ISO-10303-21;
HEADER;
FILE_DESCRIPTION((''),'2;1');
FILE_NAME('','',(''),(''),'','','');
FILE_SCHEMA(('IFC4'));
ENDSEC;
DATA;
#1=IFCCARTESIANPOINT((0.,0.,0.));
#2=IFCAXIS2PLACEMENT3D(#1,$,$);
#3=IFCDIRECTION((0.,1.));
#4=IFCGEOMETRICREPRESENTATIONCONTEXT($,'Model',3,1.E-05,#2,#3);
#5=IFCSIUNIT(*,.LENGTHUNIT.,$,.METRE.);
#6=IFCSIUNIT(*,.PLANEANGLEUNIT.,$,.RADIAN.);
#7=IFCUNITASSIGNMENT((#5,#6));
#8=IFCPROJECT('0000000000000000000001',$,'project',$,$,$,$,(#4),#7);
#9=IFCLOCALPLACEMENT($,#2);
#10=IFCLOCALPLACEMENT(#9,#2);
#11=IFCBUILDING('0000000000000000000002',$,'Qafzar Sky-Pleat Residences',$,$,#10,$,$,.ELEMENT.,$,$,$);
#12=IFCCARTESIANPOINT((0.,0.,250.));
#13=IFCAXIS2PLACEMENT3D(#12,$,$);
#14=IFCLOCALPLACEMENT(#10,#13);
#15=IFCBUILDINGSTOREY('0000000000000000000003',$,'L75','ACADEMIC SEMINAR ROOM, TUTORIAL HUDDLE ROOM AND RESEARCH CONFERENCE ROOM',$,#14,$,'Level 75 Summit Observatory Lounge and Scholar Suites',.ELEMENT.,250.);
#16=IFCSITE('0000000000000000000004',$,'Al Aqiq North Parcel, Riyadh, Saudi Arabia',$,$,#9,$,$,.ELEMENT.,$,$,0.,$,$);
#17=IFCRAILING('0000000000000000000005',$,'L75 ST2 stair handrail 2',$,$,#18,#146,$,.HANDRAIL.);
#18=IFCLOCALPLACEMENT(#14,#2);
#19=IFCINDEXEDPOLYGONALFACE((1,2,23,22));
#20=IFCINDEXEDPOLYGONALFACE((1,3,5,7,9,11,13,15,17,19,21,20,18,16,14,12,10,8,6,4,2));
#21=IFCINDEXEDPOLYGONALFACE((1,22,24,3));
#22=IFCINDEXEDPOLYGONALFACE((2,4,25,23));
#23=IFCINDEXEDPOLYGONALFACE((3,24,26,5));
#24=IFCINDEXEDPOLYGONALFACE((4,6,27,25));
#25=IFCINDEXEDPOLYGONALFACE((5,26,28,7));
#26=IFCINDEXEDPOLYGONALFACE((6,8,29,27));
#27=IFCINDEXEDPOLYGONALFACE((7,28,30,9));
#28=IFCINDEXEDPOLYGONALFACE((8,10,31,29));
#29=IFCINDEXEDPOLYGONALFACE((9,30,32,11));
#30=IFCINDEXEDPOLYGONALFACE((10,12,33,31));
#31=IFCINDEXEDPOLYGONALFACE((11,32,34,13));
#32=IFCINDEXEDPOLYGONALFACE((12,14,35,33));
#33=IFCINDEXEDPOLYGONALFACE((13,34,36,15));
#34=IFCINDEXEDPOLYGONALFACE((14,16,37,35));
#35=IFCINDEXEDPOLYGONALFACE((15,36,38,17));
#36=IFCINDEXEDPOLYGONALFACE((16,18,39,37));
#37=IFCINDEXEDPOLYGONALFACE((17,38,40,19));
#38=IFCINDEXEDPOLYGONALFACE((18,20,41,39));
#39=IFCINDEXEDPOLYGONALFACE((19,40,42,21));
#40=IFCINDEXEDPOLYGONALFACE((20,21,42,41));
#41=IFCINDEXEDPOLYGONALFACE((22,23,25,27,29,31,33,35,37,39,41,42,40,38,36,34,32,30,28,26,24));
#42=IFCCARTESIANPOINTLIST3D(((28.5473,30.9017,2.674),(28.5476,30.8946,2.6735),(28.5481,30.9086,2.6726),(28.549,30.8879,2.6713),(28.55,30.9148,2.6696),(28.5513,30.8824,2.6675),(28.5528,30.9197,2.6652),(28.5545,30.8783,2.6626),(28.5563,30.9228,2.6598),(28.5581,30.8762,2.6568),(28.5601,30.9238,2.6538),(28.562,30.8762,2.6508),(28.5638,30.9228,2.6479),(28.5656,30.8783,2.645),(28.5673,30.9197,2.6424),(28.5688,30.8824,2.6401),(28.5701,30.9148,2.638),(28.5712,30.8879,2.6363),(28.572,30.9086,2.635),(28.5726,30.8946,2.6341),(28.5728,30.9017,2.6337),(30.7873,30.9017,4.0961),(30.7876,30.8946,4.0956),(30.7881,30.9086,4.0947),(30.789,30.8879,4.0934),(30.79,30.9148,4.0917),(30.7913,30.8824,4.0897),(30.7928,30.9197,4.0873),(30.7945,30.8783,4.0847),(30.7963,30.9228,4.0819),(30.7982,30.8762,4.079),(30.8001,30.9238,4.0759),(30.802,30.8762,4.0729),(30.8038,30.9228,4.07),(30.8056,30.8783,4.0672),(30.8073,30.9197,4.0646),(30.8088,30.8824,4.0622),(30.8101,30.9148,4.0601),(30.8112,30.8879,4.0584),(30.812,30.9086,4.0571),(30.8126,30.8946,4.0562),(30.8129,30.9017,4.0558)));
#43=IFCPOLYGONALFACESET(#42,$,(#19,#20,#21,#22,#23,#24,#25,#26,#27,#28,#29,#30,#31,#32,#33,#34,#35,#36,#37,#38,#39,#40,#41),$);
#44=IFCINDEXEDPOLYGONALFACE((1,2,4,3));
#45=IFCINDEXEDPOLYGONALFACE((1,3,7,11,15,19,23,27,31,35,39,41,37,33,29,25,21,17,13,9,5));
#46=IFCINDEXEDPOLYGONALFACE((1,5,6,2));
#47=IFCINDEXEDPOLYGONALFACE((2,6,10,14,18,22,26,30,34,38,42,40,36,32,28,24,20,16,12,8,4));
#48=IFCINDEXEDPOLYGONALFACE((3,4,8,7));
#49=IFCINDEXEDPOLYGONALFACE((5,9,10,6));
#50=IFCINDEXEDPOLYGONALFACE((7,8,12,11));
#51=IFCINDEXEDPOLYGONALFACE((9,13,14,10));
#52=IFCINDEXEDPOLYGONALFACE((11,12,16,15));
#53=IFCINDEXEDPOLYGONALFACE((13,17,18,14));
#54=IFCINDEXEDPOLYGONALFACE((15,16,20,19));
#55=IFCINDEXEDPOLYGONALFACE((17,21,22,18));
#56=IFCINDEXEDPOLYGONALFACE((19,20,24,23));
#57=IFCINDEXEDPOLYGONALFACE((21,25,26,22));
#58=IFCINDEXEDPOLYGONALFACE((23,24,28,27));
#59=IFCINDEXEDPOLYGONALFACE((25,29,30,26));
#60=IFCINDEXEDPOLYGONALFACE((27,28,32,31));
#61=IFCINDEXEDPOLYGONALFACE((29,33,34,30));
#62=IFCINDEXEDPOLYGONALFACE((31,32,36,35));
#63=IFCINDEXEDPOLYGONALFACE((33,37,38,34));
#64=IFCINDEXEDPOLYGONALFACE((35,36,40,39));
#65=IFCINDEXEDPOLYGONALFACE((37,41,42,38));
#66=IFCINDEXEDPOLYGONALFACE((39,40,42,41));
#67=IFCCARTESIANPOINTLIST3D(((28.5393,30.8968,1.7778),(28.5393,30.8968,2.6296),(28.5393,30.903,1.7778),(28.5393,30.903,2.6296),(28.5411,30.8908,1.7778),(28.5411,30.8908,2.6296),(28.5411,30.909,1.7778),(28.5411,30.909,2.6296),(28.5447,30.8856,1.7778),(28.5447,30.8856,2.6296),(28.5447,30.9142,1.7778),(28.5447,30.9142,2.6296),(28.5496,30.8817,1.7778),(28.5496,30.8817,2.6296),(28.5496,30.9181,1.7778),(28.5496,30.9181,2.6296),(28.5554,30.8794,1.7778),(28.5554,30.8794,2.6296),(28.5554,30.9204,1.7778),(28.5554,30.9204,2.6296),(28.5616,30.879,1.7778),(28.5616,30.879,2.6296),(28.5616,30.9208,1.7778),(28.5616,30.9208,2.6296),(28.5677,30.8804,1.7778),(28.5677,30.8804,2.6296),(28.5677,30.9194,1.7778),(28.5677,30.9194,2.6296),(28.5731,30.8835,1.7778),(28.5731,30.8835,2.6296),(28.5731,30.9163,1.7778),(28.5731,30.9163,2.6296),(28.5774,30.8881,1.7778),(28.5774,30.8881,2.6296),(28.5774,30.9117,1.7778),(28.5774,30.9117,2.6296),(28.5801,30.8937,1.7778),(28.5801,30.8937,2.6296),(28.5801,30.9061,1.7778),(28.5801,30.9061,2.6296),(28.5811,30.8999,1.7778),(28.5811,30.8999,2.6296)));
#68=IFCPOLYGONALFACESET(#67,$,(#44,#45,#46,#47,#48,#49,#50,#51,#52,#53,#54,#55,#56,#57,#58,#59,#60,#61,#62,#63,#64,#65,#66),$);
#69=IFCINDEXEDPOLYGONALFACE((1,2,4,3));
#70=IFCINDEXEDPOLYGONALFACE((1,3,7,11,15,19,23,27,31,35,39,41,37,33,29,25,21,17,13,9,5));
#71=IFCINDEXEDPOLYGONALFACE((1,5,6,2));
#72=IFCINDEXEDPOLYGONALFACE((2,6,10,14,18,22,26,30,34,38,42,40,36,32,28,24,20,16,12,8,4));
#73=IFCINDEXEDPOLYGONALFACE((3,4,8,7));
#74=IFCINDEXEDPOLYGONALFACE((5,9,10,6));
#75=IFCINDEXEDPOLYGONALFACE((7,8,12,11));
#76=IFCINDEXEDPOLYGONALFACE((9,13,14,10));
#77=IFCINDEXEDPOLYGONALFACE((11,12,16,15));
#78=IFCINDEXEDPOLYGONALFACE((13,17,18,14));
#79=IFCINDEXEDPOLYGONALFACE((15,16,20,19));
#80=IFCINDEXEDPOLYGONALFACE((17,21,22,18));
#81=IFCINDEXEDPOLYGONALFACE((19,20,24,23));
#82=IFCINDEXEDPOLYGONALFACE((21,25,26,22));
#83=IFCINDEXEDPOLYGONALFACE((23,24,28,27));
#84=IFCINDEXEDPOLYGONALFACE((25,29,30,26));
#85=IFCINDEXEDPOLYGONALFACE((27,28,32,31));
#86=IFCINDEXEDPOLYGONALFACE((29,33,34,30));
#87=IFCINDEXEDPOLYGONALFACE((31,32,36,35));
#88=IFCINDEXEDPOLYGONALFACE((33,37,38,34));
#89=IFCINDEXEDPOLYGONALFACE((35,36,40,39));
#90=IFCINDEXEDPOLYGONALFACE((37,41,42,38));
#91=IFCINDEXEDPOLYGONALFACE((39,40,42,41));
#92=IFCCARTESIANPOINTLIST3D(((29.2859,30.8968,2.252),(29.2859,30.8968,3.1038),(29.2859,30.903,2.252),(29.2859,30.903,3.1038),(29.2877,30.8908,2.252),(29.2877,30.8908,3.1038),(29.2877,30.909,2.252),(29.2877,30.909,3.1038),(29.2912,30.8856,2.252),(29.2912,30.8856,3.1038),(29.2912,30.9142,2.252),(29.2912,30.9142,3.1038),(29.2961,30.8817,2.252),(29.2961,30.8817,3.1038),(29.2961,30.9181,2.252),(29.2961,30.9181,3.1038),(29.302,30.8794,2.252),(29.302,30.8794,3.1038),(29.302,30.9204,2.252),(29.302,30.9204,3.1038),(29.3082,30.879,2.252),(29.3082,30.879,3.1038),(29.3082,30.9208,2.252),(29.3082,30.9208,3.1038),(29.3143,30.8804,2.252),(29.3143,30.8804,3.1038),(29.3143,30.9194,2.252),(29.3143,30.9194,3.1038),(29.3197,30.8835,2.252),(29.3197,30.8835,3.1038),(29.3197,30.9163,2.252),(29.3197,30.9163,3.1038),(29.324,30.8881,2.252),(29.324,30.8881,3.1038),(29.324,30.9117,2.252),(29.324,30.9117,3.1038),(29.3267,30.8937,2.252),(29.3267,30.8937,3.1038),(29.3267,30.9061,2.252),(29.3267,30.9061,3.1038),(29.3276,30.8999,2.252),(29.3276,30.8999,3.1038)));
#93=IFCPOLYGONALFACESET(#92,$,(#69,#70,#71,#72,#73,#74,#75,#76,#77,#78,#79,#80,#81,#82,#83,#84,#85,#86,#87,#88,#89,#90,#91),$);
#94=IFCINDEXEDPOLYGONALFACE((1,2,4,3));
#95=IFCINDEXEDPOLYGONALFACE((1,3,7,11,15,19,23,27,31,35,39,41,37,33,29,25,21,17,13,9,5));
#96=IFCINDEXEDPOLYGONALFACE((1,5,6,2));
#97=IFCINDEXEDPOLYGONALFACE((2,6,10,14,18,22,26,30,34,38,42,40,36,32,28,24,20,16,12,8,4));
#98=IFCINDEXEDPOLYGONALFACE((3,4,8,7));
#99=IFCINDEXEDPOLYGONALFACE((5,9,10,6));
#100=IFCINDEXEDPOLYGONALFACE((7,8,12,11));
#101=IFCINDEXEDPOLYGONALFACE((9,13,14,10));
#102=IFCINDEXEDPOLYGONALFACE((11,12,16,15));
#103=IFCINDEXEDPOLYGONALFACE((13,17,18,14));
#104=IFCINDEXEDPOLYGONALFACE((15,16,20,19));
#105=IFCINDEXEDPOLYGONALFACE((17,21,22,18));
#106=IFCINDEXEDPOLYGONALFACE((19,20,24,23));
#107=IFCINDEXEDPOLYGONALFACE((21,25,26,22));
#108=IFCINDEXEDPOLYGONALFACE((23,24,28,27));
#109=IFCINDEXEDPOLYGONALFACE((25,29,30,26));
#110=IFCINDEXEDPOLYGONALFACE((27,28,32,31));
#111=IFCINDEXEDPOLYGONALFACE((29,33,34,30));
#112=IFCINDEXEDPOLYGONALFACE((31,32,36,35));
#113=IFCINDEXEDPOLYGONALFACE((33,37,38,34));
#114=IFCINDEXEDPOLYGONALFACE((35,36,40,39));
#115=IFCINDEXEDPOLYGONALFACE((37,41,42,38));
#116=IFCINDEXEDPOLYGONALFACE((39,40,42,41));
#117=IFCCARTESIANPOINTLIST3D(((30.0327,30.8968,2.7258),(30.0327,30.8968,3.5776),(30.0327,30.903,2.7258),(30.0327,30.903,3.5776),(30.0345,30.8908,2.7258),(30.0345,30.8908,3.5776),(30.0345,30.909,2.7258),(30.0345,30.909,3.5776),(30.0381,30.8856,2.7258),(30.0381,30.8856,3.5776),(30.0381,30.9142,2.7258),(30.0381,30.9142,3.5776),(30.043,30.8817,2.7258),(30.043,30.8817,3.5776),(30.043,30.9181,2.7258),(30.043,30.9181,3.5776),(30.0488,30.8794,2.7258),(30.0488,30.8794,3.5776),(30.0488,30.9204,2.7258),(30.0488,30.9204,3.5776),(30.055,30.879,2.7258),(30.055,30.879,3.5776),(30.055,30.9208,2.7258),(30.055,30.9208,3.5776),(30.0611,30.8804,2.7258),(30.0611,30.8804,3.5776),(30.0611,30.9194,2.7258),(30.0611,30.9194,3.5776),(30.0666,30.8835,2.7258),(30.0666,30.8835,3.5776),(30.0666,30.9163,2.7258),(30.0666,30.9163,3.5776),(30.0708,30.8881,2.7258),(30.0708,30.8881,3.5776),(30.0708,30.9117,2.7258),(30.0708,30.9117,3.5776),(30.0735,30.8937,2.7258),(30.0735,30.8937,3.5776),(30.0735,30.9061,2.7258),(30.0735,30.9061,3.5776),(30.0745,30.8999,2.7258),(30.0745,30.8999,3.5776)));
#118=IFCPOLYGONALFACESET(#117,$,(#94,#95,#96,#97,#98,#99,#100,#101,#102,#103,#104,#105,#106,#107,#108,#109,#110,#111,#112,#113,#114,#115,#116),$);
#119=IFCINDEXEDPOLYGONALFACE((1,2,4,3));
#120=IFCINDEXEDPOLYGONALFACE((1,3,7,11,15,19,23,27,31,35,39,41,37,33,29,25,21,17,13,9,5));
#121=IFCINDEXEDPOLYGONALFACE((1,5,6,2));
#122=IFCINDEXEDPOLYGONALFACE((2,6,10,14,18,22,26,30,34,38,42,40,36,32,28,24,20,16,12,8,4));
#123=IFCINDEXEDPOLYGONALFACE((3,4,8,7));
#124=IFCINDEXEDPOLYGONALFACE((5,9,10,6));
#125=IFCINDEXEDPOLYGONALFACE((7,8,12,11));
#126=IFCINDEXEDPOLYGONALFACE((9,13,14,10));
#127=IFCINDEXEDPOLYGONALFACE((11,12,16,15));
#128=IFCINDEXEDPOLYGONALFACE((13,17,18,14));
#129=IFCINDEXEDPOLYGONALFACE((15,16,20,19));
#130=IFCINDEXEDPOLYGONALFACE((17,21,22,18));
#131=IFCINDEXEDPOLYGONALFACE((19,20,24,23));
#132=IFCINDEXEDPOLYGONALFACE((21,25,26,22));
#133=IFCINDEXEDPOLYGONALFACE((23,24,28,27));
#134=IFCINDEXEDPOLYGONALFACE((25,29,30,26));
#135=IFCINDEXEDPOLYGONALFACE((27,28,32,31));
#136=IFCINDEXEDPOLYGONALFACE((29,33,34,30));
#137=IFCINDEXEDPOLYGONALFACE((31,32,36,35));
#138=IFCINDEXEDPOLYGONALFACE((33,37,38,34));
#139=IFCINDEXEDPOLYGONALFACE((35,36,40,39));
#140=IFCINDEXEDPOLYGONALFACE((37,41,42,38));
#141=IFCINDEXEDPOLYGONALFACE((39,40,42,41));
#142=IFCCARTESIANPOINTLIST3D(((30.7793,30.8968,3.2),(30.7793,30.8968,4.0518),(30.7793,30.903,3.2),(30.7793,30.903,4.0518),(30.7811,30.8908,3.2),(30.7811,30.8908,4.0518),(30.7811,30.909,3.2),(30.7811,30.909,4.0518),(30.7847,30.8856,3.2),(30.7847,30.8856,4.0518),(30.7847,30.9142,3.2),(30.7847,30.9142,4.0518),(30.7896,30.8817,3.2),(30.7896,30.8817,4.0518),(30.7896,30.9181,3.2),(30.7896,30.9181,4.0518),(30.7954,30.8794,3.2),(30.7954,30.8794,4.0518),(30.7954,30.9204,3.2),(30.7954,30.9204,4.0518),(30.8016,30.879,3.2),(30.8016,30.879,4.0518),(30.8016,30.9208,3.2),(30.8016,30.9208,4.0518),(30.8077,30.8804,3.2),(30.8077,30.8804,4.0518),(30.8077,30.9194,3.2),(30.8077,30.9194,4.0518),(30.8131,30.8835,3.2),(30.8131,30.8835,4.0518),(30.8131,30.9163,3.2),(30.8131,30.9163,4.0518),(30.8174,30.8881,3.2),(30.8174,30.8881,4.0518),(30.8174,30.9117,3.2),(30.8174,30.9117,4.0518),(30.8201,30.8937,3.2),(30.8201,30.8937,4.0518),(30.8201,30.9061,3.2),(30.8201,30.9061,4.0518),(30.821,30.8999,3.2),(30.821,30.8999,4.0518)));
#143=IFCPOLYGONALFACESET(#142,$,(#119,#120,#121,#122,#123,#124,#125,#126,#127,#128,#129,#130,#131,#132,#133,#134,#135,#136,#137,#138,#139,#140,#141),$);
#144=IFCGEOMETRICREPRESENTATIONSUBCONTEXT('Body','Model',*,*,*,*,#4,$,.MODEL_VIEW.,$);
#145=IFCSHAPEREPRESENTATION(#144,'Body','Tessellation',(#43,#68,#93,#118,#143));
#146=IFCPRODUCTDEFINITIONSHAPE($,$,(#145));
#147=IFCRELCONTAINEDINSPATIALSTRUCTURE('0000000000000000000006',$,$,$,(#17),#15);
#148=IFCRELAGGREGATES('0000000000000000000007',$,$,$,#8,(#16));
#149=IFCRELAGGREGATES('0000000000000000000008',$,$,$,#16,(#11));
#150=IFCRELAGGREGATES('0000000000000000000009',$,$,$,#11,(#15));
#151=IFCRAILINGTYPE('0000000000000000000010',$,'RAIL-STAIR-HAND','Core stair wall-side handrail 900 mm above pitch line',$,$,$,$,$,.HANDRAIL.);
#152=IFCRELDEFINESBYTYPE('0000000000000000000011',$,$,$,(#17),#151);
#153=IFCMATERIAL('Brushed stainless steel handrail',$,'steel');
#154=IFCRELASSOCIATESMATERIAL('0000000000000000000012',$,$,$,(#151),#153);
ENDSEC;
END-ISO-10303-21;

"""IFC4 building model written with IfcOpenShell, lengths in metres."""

from ifc_helpers import new_model, si_unit, direction, frame, origin, origin_2d, place, context, subcontext, project, spatial, circle, extrude, source, transform, mapped, material, type_object, element, save


model = new_model("IFC4")

# Units and contexts
model_context = context("Model", 3, precision=1e-05, world=origin(), true_north=direction((0.0, 1.0)))
body_context = subcontext(model_context, "Body", "Model", "MODEL_VIEW")
ifc_project = project(units=[si_unit("LENGTHUNIT", "METRE"), si_unit("PLANEANGLEUNIT", "RADIAN")], contexts=[model_context])

# Site, building, storey
site_placement = place(None, origin())
site = spatial("IfcSite", under=ifc_project, at=site_placement, Name="Al Aqiq North Parcel, Riyadh, Saudi Arabia", CompositionType="ELEMENT", RefElevation=0.0)
building_placement = place(site_placement, origin())
building = spatial("IfcBuilding", under=site, at=building_placement, Name="Qafzar Sky-Pleat Residences", CompositionType="ELEMENT")
storey_placement = place(building_placement, frame((0.0, 0.0, 250.0)))
storey = spatial("IfcBuildingStorey", under=building, at=storey_placement, Name="L75", Description="ACADEMIC SEMINAR ROOM, TUTORIAL HUDDLE ROOM AND RESEARCH CONFERENCE ROOM", LongName="Level 75 Summit Observatory Lounge and Scholar Suites", CompositionType="ELEMENT", Elevation=250.0)

# Railing
ifc_material_1 = material(Name="Brushed stainless steel handrail", Category="steel")
railing_type_1 = type_object("IfcRailingType", Name="RAIL-STAIR-HAND", Description="Core stair wall-side handrail 900 mm above pitch line", PredefinedType="HANDRAIL", material=ifc_material_1)
shared_shape_1 = source(origin(), body_context, "Body", "SweptSolid", [
    extrude(circle(Radius=0.0239, at=origin_2d()), frame((0.0, 0.0, 0.876), z_axis=(0.844229, 0.0, 0.535982), x_axis=(0.0, 1.0, 0.0)), (0.0, 0.0, 1.0), 2.6533),
    extrude(circle(Radius=0.021, at=origin_2d()), origin(), (0.0, 0.0, 1.0), 0.8518),
    extrude(circle(Radius=0.021, at=origin_2d()), frame((0.7466, 0.0, 0.4741)), (0.0, 0.0, 1.0), 0.8518),
    extrude(circle(Radius=0.021, at=origin_2d()), frame((1.4934, 0.0, 0.948)), (0.0, 0.0, 1.0), 0.8518),
    extrude(circle(Radius=0.021, at=origin_2d()), frame((2.24, 0.0, 1.4221)), (0.0, 0.0, 1.0), 0.8518),
])
railing_1_placement = place(storey_placement, frame((28.5601, 30.8999, 1.7778)))
element("IfcRailing", 1, at=railing_1_placement, inside=storey, type_object=railing_type_1, Name="L75 ST2 stair handrail 2", PredefinedType="HANDRAIL", context=body_context, shape_type="MappedRepresentation", body=[
    mapped(shared_shape_1, transform((0.0, 0.0, 0.0), x_axis=(1.0, 0.0, 0.0), y_axis=(0.0, 1.0, 0.0), z_axis=(0.0, 0.0, 1.0), scale=1.0)),
])

save(model, "model.ifc")
